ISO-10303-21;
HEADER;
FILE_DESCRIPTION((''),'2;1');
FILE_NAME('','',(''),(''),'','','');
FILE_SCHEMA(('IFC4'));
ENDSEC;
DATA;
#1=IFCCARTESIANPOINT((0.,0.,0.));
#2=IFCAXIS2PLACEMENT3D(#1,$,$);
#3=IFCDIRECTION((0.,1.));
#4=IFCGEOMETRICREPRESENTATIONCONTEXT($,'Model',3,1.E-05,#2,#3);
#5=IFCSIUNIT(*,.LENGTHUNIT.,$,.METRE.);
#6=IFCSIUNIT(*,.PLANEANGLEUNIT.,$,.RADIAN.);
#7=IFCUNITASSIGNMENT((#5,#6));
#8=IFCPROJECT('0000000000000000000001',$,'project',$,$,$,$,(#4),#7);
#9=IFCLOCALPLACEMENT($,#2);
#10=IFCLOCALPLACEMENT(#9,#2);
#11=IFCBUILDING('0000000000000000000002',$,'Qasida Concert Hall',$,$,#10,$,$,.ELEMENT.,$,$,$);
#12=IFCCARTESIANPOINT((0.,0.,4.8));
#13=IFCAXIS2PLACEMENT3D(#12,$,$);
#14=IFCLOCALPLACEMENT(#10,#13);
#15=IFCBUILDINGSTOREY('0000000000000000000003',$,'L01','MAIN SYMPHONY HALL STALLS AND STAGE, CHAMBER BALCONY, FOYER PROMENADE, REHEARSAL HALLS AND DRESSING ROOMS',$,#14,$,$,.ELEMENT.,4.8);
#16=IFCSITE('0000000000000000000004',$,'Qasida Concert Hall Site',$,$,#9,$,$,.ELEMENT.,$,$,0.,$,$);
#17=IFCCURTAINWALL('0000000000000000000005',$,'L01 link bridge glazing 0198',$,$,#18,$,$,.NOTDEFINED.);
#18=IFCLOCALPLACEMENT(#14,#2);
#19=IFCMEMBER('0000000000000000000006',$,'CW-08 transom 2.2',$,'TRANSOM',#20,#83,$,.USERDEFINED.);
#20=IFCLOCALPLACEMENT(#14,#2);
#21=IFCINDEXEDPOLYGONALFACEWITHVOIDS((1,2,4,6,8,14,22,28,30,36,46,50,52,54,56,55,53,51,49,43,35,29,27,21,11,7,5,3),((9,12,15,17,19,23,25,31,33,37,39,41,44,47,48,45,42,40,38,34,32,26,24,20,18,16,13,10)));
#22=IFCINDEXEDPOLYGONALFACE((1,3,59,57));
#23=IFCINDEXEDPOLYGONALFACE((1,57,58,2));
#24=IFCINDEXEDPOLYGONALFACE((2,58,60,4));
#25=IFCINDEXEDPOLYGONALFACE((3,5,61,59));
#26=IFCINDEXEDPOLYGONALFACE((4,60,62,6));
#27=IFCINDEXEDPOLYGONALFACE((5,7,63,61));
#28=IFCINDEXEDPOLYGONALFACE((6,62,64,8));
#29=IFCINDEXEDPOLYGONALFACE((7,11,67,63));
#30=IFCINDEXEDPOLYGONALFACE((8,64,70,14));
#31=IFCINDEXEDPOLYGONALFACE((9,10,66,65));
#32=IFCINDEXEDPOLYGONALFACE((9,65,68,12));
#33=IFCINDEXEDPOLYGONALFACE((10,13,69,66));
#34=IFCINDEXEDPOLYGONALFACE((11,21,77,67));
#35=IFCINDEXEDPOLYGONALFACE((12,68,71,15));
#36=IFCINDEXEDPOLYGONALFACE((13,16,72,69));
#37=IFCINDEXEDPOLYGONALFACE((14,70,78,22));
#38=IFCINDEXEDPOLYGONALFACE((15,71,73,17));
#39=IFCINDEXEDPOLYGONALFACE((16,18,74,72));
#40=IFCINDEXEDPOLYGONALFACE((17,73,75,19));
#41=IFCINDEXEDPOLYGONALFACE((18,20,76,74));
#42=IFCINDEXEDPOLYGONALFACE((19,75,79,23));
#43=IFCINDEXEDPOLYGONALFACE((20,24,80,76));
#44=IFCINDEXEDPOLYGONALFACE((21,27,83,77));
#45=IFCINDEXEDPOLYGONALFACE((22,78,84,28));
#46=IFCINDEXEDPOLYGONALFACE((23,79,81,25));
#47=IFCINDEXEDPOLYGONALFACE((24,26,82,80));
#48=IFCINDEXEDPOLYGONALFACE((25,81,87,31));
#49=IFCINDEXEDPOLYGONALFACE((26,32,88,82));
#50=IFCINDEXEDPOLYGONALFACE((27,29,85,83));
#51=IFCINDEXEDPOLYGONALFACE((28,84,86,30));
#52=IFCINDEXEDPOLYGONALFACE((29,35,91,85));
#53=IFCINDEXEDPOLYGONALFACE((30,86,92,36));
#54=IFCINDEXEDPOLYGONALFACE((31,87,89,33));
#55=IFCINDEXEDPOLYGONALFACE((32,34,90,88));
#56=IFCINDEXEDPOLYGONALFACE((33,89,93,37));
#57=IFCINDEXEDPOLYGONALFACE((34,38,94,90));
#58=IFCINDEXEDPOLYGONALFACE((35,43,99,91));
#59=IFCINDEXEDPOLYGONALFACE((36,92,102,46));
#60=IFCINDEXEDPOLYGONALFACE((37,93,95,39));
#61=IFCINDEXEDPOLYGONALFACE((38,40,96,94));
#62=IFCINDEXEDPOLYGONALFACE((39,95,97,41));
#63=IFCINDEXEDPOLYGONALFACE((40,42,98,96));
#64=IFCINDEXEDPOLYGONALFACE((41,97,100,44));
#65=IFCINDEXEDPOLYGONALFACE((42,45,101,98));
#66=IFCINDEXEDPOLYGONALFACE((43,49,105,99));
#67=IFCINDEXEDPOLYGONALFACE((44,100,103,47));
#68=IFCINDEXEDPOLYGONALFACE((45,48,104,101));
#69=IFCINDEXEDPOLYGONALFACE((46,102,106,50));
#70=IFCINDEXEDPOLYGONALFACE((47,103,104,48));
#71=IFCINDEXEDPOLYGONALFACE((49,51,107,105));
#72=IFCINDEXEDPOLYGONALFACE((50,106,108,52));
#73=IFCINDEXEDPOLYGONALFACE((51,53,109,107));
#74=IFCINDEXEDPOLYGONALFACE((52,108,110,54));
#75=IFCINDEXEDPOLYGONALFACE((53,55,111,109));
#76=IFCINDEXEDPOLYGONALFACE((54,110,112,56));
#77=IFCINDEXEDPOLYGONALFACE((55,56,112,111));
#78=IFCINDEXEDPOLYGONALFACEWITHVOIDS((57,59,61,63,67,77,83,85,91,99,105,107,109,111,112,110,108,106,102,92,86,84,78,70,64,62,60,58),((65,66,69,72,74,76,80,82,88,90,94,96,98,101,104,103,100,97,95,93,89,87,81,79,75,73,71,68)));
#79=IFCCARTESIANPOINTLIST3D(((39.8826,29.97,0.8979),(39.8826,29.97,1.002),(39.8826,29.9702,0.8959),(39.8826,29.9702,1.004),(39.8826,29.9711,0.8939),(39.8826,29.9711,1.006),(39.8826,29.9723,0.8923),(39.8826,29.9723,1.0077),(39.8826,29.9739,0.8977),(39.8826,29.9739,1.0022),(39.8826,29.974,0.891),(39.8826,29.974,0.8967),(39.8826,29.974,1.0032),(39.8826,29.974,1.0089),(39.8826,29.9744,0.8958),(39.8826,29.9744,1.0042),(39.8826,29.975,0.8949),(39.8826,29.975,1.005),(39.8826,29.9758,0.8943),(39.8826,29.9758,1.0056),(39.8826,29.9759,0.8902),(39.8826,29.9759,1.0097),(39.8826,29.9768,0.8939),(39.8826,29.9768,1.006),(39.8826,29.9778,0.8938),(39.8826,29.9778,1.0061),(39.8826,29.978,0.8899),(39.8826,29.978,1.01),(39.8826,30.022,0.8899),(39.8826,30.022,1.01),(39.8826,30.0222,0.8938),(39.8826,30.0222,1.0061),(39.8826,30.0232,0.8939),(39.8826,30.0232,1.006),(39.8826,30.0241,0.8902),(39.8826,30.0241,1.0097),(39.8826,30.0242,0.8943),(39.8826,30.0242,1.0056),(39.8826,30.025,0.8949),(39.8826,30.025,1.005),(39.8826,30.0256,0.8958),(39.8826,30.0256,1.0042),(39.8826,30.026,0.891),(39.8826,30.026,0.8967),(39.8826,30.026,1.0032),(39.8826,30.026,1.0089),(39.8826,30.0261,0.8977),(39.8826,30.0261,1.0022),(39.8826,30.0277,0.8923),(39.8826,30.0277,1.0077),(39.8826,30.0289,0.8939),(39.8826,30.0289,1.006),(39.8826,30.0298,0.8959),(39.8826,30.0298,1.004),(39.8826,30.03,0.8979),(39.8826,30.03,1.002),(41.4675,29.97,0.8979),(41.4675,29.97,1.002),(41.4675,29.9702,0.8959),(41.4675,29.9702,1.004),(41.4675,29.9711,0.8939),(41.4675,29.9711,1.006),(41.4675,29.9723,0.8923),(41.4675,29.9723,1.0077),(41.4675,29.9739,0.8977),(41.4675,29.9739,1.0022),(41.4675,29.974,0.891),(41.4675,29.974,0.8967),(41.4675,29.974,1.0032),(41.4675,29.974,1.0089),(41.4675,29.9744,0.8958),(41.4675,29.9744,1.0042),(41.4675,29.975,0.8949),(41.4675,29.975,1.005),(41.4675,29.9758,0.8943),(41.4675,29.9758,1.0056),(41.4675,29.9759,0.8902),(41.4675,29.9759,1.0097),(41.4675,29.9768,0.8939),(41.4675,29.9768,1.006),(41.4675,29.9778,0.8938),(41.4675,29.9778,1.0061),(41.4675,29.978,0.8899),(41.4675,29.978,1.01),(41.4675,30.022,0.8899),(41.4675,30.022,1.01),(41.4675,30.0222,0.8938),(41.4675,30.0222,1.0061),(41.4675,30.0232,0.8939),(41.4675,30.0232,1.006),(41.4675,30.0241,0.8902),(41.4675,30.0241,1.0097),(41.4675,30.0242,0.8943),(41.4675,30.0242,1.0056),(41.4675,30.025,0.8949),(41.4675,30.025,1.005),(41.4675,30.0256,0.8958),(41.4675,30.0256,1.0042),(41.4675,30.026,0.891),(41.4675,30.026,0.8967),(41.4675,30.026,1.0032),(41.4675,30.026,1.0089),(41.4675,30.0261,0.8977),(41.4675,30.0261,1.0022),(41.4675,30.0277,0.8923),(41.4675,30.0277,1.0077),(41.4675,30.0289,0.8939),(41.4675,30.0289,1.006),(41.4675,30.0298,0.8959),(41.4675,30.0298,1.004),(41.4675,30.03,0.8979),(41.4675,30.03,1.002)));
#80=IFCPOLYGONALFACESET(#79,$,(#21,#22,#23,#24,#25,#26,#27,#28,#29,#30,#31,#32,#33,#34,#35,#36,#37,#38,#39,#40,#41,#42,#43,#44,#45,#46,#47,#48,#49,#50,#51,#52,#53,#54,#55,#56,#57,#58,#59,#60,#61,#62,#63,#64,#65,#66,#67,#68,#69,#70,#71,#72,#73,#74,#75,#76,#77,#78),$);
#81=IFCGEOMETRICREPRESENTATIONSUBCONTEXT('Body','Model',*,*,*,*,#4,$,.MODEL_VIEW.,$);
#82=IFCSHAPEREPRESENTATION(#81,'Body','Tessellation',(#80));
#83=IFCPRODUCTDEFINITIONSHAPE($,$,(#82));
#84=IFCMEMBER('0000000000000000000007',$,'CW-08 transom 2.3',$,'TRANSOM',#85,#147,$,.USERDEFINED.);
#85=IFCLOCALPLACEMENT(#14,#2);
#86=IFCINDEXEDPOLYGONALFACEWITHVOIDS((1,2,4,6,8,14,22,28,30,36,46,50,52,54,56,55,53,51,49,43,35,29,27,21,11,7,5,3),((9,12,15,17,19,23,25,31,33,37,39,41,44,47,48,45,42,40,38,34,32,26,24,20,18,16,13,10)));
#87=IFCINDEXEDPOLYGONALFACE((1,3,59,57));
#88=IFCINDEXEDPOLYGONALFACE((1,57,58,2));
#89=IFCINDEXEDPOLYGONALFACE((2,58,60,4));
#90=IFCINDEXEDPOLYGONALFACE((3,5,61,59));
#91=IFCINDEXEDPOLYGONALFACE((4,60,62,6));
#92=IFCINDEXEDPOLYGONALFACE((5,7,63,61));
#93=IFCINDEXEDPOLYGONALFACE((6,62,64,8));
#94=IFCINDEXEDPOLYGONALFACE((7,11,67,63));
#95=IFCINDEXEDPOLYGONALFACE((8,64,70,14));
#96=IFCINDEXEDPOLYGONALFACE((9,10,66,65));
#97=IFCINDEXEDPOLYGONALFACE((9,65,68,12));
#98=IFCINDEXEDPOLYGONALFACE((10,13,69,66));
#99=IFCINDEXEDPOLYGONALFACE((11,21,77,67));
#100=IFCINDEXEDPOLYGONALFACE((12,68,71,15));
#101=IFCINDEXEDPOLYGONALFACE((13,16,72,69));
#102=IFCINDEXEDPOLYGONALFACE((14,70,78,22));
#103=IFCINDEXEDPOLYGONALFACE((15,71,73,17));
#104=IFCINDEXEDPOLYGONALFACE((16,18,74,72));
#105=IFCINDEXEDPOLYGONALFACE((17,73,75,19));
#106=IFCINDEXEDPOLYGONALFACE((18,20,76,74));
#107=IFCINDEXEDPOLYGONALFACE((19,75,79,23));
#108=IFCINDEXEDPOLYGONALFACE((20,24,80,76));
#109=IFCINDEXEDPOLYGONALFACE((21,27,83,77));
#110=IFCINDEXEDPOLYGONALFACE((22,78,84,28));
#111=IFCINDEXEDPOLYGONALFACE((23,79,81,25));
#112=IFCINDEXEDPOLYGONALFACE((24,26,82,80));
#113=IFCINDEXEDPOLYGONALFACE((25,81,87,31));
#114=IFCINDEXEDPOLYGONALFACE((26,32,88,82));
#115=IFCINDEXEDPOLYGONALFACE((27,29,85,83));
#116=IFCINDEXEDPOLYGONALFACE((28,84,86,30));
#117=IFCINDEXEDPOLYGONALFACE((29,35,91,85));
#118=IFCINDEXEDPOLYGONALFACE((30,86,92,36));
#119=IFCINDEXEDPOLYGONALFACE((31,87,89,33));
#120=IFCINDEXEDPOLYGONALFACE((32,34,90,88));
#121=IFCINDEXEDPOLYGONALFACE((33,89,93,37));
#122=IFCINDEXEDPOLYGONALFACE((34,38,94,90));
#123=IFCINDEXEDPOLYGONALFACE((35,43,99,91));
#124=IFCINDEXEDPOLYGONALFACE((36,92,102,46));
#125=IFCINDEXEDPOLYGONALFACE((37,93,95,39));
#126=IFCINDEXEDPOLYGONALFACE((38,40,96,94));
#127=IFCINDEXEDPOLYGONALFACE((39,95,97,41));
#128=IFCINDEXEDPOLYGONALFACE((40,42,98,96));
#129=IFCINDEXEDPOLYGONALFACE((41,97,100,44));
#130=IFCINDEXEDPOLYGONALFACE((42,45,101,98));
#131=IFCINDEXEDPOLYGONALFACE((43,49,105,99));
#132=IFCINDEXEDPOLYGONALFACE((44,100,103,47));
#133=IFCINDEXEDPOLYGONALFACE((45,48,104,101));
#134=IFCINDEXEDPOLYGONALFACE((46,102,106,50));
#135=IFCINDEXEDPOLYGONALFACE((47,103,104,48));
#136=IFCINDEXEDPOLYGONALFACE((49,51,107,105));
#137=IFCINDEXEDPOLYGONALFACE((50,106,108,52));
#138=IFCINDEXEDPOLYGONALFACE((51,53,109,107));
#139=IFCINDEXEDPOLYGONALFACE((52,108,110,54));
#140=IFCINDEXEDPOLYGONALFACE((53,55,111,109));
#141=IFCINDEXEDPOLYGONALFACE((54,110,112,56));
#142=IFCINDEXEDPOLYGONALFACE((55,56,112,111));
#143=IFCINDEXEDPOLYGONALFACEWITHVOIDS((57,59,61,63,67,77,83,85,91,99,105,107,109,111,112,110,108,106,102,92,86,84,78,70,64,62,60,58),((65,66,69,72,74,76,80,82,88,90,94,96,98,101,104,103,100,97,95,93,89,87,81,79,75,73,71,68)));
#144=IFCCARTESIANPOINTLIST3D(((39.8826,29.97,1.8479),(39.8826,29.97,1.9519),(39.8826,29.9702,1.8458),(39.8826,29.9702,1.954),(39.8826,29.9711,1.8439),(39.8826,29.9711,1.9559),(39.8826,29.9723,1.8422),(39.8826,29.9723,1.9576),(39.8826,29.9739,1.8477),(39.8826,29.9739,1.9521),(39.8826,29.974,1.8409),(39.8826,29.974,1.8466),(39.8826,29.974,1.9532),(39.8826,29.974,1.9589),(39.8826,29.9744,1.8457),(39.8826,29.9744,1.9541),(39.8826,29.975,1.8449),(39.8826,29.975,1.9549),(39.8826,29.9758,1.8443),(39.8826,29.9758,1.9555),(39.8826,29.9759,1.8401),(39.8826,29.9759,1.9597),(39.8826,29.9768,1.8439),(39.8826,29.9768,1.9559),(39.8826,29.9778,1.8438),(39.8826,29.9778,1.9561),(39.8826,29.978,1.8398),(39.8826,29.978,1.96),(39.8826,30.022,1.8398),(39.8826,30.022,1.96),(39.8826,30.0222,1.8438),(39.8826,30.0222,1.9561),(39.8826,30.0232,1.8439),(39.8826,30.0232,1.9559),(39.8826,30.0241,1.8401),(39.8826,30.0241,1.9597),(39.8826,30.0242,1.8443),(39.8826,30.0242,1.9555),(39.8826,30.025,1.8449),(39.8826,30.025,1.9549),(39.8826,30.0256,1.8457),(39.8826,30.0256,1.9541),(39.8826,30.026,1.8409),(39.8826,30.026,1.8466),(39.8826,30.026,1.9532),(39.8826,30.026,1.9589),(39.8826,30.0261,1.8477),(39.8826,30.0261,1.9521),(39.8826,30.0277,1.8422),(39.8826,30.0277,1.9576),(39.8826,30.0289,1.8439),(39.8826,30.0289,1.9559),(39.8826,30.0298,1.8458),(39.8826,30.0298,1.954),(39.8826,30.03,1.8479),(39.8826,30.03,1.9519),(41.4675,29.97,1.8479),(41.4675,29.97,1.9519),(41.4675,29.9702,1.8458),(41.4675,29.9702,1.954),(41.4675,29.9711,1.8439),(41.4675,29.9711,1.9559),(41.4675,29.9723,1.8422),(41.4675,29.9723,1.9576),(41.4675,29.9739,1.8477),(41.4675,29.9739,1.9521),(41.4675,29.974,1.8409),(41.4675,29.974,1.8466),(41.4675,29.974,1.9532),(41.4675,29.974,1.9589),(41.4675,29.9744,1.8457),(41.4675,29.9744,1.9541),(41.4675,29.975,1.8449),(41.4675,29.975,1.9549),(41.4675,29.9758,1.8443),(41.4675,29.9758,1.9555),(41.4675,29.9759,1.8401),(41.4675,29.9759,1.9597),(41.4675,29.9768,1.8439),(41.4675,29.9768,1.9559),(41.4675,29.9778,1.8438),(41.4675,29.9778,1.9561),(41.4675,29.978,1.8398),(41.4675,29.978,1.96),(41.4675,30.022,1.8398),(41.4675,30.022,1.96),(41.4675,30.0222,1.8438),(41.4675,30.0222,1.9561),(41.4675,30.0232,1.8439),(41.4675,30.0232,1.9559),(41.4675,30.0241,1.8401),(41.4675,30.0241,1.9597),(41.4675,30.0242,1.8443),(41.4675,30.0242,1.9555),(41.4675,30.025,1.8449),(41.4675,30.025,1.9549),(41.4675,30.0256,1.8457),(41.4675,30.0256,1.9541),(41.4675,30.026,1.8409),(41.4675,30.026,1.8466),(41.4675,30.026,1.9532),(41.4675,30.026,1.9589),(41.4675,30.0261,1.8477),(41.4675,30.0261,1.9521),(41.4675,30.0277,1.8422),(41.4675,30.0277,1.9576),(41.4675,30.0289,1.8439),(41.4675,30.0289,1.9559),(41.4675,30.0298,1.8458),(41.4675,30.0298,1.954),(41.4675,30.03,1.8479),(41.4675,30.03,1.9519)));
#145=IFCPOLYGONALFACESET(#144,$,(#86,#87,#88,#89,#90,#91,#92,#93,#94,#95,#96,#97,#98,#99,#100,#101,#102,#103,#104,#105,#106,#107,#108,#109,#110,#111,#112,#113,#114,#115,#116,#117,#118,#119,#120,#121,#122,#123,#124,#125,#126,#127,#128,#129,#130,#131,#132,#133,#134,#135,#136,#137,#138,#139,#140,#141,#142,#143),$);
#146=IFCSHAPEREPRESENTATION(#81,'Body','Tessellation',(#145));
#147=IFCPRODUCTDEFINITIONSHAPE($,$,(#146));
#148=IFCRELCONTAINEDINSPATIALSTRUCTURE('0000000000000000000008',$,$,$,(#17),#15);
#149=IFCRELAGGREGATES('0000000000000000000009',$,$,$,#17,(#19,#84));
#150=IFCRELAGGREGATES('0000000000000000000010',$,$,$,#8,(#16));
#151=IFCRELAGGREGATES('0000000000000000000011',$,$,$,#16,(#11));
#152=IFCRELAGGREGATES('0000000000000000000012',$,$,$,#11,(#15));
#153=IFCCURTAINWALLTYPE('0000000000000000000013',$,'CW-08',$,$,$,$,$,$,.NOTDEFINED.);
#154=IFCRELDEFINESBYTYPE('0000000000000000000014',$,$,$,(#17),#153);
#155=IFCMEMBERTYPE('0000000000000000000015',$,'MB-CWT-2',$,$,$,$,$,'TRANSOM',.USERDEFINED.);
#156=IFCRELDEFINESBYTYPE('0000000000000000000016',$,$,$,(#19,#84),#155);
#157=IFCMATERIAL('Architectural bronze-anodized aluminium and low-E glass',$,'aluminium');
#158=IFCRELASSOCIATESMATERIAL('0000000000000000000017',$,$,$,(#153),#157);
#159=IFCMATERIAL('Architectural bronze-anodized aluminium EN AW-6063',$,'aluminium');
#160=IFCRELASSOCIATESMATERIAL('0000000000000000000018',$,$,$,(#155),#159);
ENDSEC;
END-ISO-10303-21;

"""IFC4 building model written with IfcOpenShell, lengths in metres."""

from ifc_helpers import new_model, si_unit, direction, frame, origin, origin_2d, place, context, subcontext, project, spatial, hollow_rectangle, extrude, material, material_profile, profile_set, type_object, element, aggregate, save


model = new_model("IFC4")

# Units and contexts
model_context = context("Model", 3, precision=1e-05, world=origin(), true_north=direction((0.0, 1.0)))
body_context = subcontext(model_context, "Body", "Model", "MODEL_VIEW")
ifc_project = project(units=[si_unit("LENGTHUNIT", "METRE"), si_unit("PLANEANGLEUNIT", "RADIAN")], contexts=[model_context])

# Site, building, storey
site_placement = place(None, origin())
site = spatial("IfcSite", under=ifc_project, at=site_placement, Name="Qasida Concert Hall Site", CompositionType="ELEMENT", RefElevation=0.0)
building_placement = place(site_placement, origin())
building = spatial("IfcBuilding", under=site, at=building_placement, Name="Qasida Concert Hall", CompositionType="ELEMENT")
storey_placement = place(building_placement, frame((0.0, 0.0, 4.8)))
storey = spatial("IfcBuildingStorey", under=building, at=storey_placement, Name="L01", Description="MAIN SYMPHONY HALL STALLS AND STAGE, CHAMBER BALCONY, FOYER PROMENADE, REHEARSAL HALLS AND DRESSING ROOMS", CompositionType="ELEMENT", Elevation=4.8)

# Curtain wall
ifc_material_1 = material(Name="Architectural bronze-anodized aluminium and low-E glass", Category="aluminium")
curtain_wall_type = type_object("IfcCurtainWallType", Name="CW-08", PredefinedType="NOTDEFINED", material=ifc_material_1)
curtain_wall_1_placement = place(storey_placement, origin())
curtain_wall_1 = element("IfcCurtainWall", 1, at=curtain_wall_1_placement, inside=storey, type_object=curtain_wall_type, Name="L01 link bridge glazing 0198", PredefinedType="NOTDEFINED")
ifc_material_2 = material(Name="Architectural bronze-anodized aluminium EN AW-6063", Category="aluminium")

# Members
ifc_material_profile_1 = material_profile(ifc_material_2, hollow_rectangle(XDim=0.0601, YDim=0.1201, WallThickness=0.0039, InnerFilletRadius=0.0039, OuterFilletRadius=0.0081, at=origin_2d()), Name="CWT 120x60x4")
ifc_profile_set_1 = profile_set([ifc_material_profile_1], Name="Architectural bronze-anodized aluminium EN AW-6063")
member_type_1 = type_object("IfcMemberType", Name="MB-CWT-2", ElementType="TRANSOM", PredefinedType="USERDEFINED", material=ifc_profile_set_1)
member_1_placement = place(storey_placement, frame((39.8826, 30.0, 0.95), z_axis=(1.0, 0.0, 0.0), x_axis=(0.0, 1.0, 0.0)))
member_1 = element("IfcMember", 2, at=member_1_placement, type_object=member_type_1, Name="CW-08 transom 2.2", ObjectType="TRANSOM", PredefinedType="USERDEFINED", context=body_context, shape_type="SweptSolid", body=[
    extrude(hollow_rectangle(XDim=0.0601, YDim=0.1201, WallThickness=0.0039, InnerFilletRadius=0.0039, OuterFilletRadius=0.0081, at=origin_2d()), origin(), (0.0, 0.0, 1.0), 1.585),
])
member_2_placement = place(storey_placement, frame((39.8826, 30.0, 1.8999), z_axis=(1.0, 0.0, 0.0), x_axis=(0.0, 1.0, 0.0)))
member_2 = element("IfcMember", 3, at=member_2_placement, type_object=member_type_1, Name="CW-08 transom 2.3", ObjectType="TRANSOM", PredefinedType="USERDEFINED", context=body_context, shape_type="SweptSolid", body=[
    extrude(hollow_rectangle(XDim=0.0601, YDim=0.1201, WallThickness=0.0039, InnerFilletRadius=0.0039, OuterFilletRadius=0.0081, at=origin_2d()), origin(), (0.0, 0.0, 1.0), 1.585),
])

aggregate(curtain_wall_1, [member_1, member_2])

save(model, "model.ifc")
